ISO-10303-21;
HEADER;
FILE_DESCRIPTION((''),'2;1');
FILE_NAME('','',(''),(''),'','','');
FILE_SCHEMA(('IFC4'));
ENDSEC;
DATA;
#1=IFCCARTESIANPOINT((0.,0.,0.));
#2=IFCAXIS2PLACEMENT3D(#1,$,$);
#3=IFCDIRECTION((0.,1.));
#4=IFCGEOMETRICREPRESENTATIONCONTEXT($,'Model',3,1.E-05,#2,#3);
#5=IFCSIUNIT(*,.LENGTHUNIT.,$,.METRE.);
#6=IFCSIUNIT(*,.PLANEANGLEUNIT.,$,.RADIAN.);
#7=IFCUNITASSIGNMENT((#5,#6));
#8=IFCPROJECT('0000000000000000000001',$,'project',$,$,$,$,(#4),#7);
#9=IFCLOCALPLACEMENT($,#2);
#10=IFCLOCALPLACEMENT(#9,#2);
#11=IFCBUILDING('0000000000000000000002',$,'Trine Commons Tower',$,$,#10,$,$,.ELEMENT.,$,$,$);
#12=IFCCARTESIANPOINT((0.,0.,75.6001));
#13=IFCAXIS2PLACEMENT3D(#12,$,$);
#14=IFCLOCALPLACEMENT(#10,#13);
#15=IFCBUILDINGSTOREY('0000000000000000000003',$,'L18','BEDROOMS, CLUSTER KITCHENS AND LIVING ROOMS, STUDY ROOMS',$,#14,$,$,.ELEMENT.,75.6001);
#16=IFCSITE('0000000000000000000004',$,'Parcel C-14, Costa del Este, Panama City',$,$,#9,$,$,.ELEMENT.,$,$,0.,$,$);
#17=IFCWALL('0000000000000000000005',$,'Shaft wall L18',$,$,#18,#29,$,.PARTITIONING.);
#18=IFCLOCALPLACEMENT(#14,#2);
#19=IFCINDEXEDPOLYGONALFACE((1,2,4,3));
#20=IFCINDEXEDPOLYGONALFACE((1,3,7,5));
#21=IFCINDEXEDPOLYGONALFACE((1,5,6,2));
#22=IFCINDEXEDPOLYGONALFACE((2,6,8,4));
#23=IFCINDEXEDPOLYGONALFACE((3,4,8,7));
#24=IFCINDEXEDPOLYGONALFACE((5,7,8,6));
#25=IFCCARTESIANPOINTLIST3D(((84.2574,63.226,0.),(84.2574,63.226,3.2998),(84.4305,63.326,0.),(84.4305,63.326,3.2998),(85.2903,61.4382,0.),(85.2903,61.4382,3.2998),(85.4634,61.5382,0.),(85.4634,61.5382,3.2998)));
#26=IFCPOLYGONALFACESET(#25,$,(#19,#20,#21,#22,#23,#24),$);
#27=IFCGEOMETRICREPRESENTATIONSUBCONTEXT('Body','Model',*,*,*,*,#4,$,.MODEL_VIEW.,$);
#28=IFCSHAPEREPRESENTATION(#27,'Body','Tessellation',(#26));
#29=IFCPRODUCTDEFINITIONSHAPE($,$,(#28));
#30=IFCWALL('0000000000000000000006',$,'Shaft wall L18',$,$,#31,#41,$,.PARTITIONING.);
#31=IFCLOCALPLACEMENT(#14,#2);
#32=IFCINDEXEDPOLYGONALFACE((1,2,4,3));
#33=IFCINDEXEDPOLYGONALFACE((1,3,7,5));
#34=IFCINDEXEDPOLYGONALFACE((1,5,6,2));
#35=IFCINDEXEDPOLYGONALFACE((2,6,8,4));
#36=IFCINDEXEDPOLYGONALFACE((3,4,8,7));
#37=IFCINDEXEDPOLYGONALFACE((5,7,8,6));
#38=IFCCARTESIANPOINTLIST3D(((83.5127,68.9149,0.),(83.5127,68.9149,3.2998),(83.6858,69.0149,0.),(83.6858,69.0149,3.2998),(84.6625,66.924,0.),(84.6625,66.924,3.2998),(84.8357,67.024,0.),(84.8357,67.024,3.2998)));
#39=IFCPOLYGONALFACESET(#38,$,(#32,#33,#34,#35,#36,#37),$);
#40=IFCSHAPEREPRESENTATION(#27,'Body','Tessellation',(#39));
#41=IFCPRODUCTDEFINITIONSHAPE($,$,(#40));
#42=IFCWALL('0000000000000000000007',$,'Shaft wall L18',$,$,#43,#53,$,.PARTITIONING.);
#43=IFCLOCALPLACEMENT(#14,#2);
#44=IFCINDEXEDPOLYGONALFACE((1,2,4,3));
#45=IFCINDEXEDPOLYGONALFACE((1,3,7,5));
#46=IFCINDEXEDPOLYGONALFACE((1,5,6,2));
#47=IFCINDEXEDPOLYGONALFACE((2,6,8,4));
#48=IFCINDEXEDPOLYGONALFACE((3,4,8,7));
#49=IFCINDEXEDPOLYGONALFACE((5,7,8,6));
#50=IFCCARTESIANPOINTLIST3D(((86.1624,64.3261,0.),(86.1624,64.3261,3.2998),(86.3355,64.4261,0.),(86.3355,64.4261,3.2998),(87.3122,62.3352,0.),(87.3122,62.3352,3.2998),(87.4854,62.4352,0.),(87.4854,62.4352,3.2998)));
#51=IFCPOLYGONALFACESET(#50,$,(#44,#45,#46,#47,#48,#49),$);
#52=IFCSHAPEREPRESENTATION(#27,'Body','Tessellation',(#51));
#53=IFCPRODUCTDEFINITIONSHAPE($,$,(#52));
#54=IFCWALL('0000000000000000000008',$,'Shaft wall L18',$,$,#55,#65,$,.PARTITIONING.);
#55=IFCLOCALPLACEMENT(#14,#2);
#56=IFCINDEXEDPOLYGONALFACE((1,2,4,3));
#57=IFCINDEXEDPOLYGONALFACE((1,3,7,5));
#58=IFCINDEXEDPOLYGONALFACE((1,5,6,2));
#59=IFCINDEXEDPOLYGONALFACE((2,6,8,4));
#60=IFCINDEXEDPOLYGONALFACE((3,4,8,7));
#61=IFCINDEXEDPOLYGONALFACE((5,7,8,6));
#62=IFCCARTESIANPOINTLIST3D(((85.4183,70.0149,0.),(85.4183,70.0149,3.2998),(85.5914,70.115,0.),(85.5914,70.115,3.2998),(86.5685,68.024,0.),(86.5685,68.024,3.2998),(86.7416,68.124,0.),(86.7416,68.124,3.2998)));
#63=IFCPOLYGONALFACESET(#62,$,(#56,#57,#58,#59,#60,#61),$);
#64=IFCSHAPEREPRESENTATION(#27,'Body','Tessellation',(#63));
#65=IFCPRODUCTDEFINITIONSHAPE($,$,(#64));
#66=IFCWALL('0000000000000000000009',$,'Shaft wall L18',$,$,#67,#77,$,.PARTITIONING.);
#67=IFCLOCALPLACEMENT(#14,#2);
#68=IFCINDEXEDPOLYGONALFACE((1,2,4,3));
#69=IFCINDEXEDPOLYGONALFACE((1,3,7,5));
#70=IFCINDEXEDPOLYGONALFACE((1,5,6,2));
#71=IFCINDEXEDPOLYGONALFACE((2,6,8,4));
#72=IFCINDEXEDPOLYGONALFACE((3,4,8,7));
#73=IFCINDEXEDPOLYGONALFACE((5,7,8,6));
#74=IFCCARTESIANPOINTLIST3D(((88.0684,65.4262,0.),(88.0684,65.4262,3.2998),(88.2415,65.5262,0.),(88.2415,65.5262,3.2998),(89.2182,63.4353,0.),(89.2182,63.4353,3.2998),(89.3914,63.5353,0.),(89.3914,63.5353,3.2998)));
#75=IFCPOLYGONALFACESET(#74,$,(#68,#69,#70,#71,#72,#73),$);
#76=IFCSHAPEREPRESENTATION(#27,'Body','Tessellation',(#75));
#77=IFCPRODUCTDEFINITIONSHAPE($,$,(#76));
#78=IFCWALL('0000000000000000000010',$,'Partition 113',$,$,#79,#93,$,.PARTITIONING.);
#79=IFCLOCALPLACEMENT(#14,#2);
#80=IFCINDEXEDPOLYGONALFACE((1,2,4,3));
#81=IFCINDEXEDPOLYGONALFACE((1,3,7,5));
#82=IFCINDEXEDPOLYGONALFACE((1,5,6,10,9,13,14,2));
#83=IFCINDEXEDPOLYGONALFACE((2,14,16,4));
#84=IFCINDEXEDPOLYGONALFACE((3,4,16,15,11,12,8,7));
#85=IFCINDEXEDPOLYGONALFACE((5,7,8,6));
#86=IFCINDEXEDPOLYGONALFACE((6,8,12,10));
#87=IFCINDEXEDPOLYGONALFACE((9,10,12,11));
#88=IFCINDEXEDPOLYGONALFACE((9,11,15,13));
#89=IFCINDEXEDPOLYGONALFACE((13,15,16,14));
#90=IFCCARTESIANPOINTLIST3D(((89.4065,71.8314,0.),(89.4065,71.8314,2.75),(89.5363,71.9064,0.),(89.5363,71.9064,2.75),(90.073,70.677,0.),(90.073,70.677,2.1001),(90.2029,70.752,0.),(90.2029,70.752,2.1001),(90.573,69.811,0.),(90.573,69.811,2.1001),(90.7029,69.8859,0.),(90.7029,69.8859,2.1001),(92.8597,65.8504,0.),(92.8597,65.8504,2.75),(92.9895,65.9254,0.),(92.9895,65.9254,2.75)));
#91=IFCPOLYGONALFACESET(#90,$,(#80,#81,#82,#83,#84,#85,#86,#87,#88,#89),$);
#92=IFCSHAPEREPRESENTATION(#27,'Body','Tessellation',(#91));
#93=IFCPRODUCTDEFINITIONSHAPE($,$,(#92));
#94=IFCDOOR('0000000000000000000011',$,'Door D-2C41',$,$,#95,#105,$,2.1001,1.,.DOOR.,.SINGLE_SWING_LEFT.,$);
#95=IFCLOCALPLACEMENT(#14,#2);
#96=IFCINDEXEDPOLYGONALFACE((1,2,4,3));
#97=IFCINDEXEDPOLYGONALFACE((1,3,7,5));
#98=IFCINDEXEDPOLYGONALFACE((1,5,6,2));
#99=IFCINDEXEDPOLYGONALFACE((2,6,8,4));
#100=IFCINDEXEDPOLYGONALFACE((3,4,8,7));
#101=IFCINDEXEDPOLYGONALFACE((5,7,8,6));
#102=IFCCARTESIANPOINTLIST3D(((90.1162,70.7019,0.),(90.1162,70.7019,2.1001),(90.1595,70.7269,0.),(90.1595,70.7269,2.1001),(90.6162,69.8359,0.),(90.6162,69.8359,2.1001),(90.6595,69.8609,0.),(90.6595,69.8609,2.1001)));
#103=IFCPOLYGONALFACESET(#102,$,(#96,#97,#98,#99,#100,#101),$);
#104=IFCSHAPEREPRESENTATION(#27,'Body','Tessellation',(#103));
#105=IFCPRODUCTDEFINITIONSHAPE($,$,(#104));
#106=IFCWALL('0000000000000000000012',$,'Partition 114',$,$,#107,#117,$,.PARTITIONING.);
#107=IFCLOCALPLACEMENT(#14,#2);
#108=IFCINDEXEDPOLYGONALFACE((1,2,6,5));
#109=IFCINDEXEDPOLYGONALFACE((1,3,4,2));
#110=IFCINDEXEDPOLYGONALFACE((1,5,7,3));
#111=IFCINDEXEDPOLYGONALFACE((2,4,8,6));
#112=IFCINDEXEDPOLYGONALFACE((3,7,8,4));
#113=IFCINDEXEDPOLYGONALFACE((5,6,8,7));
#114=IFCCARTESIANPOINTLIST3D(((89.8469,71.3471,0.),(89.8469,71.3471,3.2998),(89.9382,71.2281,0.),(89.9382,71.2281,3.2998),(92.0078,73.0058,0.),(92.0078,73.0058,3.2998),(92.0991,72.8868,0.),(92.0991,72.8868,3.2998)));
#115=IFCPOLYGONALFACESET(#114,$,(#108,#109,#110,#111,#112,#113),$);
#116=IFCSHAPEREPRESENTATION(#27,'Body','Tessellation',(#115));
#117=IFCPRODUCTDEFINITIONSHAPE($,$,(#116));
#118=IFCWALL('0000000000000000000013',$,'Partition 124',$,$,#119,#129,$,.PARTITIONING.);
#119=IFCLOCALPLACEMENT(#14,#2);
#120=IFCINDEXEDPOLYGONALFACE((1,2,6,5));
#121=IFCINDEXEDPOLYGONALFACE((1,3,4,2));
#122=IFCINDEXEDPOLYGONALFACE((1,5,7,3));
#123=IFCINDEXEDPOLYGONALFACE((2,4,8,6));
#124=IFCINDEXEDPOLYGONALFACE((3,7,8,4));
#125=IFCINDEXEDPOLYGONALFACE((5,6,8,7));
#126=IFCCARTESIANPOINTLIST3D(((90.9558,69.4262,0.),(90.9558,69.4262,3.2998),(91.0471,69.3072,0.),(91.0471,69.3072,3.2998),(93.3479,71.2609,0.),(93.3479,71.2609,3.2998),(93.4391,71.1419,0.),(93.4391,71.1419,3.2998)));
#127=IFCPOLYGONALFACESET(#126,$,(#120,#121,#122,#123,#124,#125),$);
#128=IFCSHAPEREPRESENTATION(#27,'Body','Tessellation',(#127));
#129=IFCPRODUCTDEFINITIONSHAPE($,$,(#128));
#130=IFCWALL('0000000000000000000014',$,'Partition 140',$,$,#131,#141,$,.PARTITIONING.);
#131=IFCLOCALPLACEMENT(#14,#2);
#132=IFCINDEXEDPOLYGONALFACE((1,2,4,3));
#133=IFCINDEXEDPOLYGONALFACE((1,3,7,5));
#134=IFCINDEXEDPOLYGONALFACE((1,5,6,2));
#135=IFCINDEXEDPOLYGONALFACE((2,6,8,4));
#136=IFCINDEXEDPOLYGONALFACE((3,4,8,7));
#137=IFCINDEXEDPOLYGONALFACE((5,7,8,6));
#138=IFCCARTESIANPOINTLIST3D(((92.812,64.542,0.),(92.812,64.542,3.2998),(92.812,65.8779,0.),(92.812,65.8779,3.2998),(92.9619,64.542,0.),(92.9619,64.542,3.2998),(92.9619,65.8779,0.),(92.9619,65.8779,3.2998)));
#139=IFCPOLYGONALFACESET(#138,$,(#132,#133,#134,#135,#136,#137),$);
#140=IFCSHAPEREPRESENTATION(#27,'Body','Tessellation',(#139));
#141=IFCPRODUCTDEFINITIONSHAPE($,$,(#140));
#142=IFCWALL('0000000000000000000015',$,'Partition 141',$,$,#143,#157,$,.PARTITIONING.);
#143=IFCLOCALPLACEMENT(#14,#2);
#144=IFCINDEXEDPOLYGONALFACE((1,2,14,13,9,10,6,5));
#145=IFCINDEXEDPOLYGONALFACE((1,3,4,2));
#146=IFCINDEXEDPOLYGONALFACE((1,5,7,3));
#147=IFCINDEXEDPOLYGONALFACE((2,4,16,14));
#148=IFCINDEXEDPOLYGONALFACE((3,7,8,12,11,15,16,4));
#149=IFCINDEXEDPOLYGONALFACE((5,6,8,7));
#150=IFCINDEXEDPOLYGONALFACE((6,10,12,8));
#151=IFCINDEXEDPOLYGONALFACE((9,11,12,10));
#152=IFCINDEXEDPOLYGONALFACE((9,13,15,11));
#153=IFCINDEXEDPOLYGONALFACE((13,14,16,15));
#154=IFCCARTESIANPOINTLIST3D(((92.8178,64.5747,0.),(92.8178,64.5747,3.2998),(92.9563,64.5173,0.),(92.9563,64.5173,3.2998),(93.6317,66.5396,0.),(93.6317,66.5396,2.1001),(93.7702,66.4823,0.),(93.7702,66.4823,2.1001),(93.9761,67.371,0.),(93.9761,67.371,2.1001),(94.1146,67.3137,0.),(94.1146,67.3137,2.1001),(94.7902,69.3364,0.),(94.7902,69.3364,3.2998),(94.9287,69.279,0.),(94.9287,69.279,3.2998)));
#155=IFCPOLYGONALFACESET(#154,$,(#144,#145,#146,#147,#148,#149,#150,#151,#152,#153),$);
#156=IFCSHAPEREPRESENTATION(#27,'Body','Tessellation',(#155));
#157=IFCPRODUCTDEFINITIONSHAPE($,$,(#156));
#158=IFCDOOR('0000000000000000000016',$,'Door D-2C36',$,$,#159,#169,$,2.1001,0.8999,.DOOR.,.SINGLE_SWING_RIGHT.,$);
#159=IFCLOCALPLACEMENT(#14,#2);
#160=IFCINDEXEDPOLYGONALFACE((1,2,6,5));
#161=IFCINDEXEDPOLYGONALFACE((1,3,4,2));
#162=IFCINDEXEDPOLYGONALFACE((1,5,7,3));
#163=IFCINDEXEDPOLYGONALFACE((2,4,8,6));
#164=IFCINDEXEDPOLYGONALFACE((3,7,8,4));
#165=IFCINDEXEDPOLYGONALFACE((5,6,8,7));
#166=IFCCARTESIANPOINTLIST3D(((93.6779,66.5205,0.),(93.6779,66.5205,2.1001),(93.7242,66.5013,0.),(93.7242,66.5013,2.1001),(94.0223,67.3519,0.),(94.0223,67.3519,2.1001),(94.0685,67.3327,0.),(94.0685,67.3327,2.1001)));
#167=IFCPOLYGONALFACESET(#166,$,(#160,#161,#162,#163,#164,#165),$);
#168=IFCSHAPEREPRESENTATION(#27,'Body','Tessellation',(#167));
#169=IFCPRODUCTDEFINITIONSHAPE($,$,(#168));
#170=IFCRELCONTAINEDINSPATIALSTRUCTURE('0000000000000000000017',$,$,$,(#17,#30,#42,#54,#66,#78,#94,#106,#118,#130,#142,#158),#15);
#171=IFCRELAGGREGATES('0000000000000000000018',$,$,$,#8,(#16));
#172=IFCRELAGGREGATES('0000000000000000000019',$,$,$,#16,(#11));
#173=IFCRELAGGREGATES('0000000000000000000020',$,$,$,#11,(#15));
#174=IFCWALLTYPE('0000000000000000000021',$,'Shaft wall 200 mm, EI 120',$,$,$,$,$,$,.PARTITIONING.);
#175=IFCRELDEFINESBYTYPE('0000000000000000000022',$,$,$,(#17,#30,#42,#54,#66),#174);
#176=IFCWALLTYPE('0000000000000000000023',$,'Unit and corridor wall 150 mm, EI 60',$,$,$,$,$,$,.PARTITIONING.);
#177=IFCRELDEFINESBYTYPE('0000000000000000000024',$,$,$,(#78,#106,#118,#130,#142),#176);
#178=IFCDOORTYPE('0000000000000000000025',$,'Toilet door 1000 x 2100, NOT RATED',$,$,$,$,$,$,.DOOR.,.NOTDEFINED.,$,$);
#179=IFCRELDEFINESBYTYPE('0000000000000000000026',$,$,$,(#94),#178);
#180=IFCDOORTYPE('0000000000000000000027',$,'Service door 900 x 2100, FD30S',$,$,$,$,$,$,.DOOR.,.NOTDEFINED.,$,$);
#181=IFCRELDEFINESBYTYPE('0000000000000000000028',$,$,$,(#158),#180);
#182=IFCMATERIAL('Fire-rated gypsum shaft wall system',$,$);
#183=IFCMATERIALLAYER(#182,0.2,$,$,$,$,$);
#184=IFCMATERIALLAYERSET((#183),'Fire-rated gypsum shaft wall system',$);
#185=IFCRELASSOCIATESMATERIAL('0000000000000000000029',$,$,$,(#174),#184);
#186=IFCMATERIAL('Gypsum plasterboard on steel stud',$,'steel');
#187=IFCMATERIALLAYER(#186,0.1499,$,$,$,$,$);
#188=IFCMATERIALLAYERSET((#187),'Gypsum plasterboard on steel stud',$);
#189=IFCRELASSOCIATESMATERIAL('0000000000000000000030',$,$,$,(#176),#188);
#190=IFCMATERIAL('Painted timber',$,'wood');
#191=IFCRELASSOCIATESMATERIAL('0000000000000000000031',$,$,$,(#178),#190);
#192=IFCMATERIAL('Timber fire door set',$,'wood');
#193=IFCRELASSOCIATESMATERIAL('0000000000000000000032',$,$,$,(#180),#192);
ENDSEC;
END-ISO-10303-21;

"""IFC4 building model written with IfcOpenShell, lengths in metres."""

from ifc_helpers import new_model, si_unit, direction, frame, frame_2d, origin, place, context, subcontext, project, spatial, rectangle, extrude, material, layer, layer_set, type_object, element, fill, save


model = new_model("IFC4")

# Units and contexts
model_context = context("Model", 3, precision=1e-05, world=origin(), true_north=direction((0.0, 1.0)))
body_context = subcontext(model_context, "Body", "Model", "MODEL_VIEW")
ifc_project = project(units=[si_unit("LENGTHUNIT", "METRE"), si_unit("PLANEANGLEUNIT", "RADIAN")], contexts=[model_context])

# Site, building, storey
site_placement = place(None, origin())
site = spatial("IfcSite", under=ifc_project, at=site_placement, Name="Parcel C-14, Costa del Este, Panama City", CompositionType="ELEMENT", RefElevation=0.0)
building_placement = place(site_placement, origin())
building = spatial("IfcBuilding", under=site, at=building_placement, Name="Trine Commons Tower", CompositionType="ELEMENT")
storey_placement = place(building_placement, frame((0.0, 0.0, 75.6001)))
storey = spatial("IfcBuildingStorey", under=building, at=storey_placement, Name="L18", Description="BEDROOMS, CLUSTER KITCHENS AND LIVING ROOMS, STUDY ROOMS", CompositionType="ELEMENT", Elevation=75.6001)

# Walls
ifc_material_1 = material(Name="Fire-rated gypsum shaft wall system")
ifc_layer_1 = layer(ifc_material_1, 0.2)
ifc_layer_set_1 = layer_set([ifc_layer_1], Name="Fire-rated gypsum shaft wall system")
wall_type_1 = type_object("IfcWallType", Name="Shaft wall 200 mm, EI 120", PredefinedType="PARTITIONING", material=ifc_layer_set_1)
wall_1_placement = place(storey_placement, frame((84.344, 63.2759, 0.0), z_axis=(0.0, 0.0, 1.0), x_axis=(0.500272, -0.865868, 0.0)))
element("IfcWall", 1, at=wall_1_placement, inside=storey, type_object=wall_type_1, Name="Shaft wall L18", PredefinedType="PARTITIONING", context=body_context, shape_type="SweptSolid", body=[
    extrude(rectangle(XDim=2.0647, YDim=0.2, at=frame_2d((1.0322, 0.0))), origin(), (0.0, 0.0, 1.0), 3.2998),
])
for number, where, z_axis, x_axis, name in (
    (2, (84.749, 66.9741, 0.0), (0.0, 0.0, 1.0), (-0.500136, 0.865947, 0.0), "Shaft wall L18"),
    (3, (86.249, 64.376, 0.0), (0.0, 0.0, 1.0), (0.500136, -0.865947, 0.0), "Shaft wall L18"),
):
    element("IfcWall", number, at=place(storey_placement, frame(where, z_axis=z_axis, x_axis=x_axis)), inside=storey, type_object=wall_type_1, Name=name, PredefinedType="PARTITIONING", context=body_context, shape_type="SweptSolid", body=[
        extrude(rectangle(XDim=2.2991, YDim=0.2, at=frame_2d((1.1494, 0.0))), origin(), (0.0, 0.0, 1.0), 3.2998),
    ])
wall_2_placement = place(storey_placement, frame((86.655, 68.074, 0.0), z_axis=(0.0, 0.0, 1.0), x_axis=(-0.500216, 0.865901, 0.0)))
element("IfcWall", 4, at=wall_2_placement, inside=storey, type_object=wall_type_1, Name="Shaft wall L18", PredefinedType="PARTITIONING", context=body_context, shape_type="SweptSolid", body=[
    extrude(rectangle(XDim=2.2993, YDim=0.2, at=frame_2d((1.1497, 0.0))), origin(), (0.0, 0.0, 1.0), 3.2998),
])
wall_3_placement = place(storey_placement, frame((88.155, 65.4761, 0.0), z_axis=(0.0, 0.0, 1.0), x_axis=(0.500136, -0.865947, 0.0)))
element("IfcWall", 5, at=wall_3_placement, inside=storey, type_object=wall_type_1, Name="Shaft wall L18", PredefinedType="PARTITIONING", context=body_context, shape_type="SweptSolid", body=[
    extrude(rectangle(XDim=2.2991, YDim=0.2, at=frame_2d((1.1494, 0.0))), origin(), (0.0, 0.0, 1.0), 3.2998),
])

# Wall, opening, door
ifc_material_2 = material(Name="Gypsum plasterboard on steel stud", Category="steel")
ifc_layer_2 = layer(ifc_material_2, 0.1499)
ifc_layer_set_2 = layer_set([ifc_layer_2], Name="Gypsum plasterboard on steel stud")
wall_type_2 = type_object("IfcWallType", Name="Unit and corridor wall 150 mm, EI 60", PredefinedType="PARTITIONING", material=ifc_layer_set_2)
wall_4_placement = place(storey_placement, frame((89.4714, 71.8689, 0.0), z_axis=(0.0, 0.0, 1.0), x_axis=(0.500002, -0.866024, 0.0)))
wall_4 = element("IfcWall", 6, at=wall_4_placement, inside=storey, type_object=wall_type_2, Name="Partition 113", PredefinedType="PARTITIONING", context=body_context, shape_type="SweptSolid", body=[
    extrude(rectangle(XDim=6.9062, YDim=0.1499, at=frame_2d((3.4531, 0.0))), origin(), (0.0, 0.0, 1.0), 2.75),
])
opening_1_placement = place(wall_4_placement, frame((1.333, 0.0, 0.0)))
opening_1 = element("IfcOpeningElement", 7, at=opening_1_placement, cuts=wall_4, PredefinedType="OPENING", context=body_context, shape_type="SweptSolid", body=[
    extrude(rectangle(XDim=1.0, YDim=2.1001, at=frame_2d((0.5, 1.05))), frame((0.0, 0.085, 0.0), z_axis=(0.0, -1.0, 0.0), x_axis=(1.0, 0.0, 0.0)), (0.0, 0.0, 1.0), 0.1699),
])
ifc_material_3 = material(Name="Painted timber", Category="wood")
door_type_1 = type_object("IfcDoorType", Name="Toilet door 1000 x 2100, NOT RATED", OperationType="NOTDEFINED", PredefinedType="DOOR", material=ifc_material_3)
door_1_placement = place(opening_1_placement, origin())
door_1 = element("IfcDoor", 8, at=door_1_placement, inside=storey, type_object=door_type_1, Name="Door D-2C41", OperationType="SINGLE_SWING_LEFT", OverallHeight=2.1001, OverallWidth=1.0, PredefinedType="DOOR", context=body_context, shape_type="SweptSolid", body=[
    extrude(rectangle(XDim=1.0, YDim=2.1001, at=frame_2d((0.5, 1.05))), frame((0.0, 0.0249, 0.0), z_axis=(0.0, -1.0, 0.0), x_axis=(1.0, 0.0, 0.0)), (0.0, 0.0, 1.0), 0.05),
])
fill(opening_1, door_1)

# Walls
wall_5_placement = place(storey_placement, frame((89.8926, 71.2876, 0.0), z_axis=(0.0, 0.0, 1.0), x_axis=(0.79325, 0.608896, 0.0)))
element("IfcWall", 9, at=wall_5_placement, inside=storey, type_object=wall_type_2, Name="Partition 114", PredefinedType="PARTITIONING", context=body_context, shape_type="SweptSolid", body=[
    extrude(rectangle(XDim=2.7241, YDim=0.1499, at=frame_2d((1.3621, 0.0))), origin(), (0.0, 0.0, 1.0), 3.2998),
])
wall_6_placement = place(storey_placement, frame((91.0015, 69.3667, 0.0), z_axis=(0.0, 0.0, 1.0), x_axis=(0.793481, 0.608595, 0.0)))
element("IfcWall", 10, at=wall_6_placement, inside=storey, type_object=wall_type_2, Name="Partition 124", PredefinedType="PARTITIONING", context=body_context, shape_type="SweptSolid", body=[
    extrude(rectangle(XDim=3.0146, YDim=0.1499, at=frame_2d((1.5073, 0.0))), origin(), (0.0, 0.0, 1.0), 3.2998),
])
wall_7_placement = place(storey_placement, frame((92.887, 64.542, 0.0), z_axis=(0.0, 0.0, 1.0), x_axis=(0.0, 1.0, 0.0)))
element("IfcWall", 11, at=wall_7_placement, inside=storey, type_object=wall_type_2, Name="Partition 140", PredefinedType="PARTITIONING", context=body_context, shape_type="SweptSolid", body=[
    extrude(rectangle(XDim=1.3359, YDim=0.1499, at=frame_2d((0.668, 0.0))), origin(), (0.0, 0.0, 1.0), 3.2998),
])

# Wall, opening, door
wall_8_placement = place(storey_placement, frame((92.887, 64.5459, 0.0), z_axis=(0.0, 0.0, 1.0), x_axis=(0.382691, 0.923877, 0.0)))
wall_8 = element("IfcWall", 12, at=wall_8_placement, inside=storey, type_object=wall_type_2, Name="Partition 141", PredefinedType="PARTITIONING", context=body_context, shape_type="SweptSolid", body=[
    extrude(rectangle(XDim=5.1541, YDim=0.1499, at=frame_2d((2.5771, 0.0))), origin(), (0.0, 0.0, 1.0), 3.2998),
])
opening_2_placement = place(wall_8_placement, frame((2.127, 0.0, 0.0)))
opening_2 = element("IfcOpeningElement", 13, at=opening_2_placement, cuts=wall_8, PredefinedType="OPENING", context=body_context, shape_type="SweptSolid", body=[
    extrude(rectangle(XDim=0.8999, YDim=2.1001, at=frame_2d((0.45, 1.05))), frame((0.0, 0.085, 0.0), z_axis=(0.0, -1.0, 0.0), x_axis=(1.0, 0.0, 0.0)), (0.0, 0.0, 1.0), 0.1699),
])
ifc_material_4 = material(Name="Timber fire door set", Category="wood")
door_type_2 = type_object("IfcDoorType", Name="Service door 900 x 2100, FD30S", OperationType="NOTDEFINED", PredefinedType="DOOR", material=ifc_material_4)
door_2_placement = place(opening_2_placement, origin())
door_2 = element("IfcDoor", 14, at=door_2_placement, inside=storey, type_object=door_type_2, Name="Door D-2C36", OperationType="SINGLE_SWING_RIGHT", OverallHeight=2.1001, OverallWidth=0.8999, PredefinedType="DOOR", context=body_context, shape_type="SweptSolid", body=[
    extrude(rectangle(XDim=0.8999, YDim=2.1001, at=frame_2d((0.45, 1.05))), frame((0.0, 0.0249, 0.0), z_axis=(0.0, -1.0, 0.0), x_axis=(1.0, 0.0, 0.0)), (0.0, 0.0, 1.0), 0.05),
])
fill(opening_2, door_2)

save(model, "model.ifc")
